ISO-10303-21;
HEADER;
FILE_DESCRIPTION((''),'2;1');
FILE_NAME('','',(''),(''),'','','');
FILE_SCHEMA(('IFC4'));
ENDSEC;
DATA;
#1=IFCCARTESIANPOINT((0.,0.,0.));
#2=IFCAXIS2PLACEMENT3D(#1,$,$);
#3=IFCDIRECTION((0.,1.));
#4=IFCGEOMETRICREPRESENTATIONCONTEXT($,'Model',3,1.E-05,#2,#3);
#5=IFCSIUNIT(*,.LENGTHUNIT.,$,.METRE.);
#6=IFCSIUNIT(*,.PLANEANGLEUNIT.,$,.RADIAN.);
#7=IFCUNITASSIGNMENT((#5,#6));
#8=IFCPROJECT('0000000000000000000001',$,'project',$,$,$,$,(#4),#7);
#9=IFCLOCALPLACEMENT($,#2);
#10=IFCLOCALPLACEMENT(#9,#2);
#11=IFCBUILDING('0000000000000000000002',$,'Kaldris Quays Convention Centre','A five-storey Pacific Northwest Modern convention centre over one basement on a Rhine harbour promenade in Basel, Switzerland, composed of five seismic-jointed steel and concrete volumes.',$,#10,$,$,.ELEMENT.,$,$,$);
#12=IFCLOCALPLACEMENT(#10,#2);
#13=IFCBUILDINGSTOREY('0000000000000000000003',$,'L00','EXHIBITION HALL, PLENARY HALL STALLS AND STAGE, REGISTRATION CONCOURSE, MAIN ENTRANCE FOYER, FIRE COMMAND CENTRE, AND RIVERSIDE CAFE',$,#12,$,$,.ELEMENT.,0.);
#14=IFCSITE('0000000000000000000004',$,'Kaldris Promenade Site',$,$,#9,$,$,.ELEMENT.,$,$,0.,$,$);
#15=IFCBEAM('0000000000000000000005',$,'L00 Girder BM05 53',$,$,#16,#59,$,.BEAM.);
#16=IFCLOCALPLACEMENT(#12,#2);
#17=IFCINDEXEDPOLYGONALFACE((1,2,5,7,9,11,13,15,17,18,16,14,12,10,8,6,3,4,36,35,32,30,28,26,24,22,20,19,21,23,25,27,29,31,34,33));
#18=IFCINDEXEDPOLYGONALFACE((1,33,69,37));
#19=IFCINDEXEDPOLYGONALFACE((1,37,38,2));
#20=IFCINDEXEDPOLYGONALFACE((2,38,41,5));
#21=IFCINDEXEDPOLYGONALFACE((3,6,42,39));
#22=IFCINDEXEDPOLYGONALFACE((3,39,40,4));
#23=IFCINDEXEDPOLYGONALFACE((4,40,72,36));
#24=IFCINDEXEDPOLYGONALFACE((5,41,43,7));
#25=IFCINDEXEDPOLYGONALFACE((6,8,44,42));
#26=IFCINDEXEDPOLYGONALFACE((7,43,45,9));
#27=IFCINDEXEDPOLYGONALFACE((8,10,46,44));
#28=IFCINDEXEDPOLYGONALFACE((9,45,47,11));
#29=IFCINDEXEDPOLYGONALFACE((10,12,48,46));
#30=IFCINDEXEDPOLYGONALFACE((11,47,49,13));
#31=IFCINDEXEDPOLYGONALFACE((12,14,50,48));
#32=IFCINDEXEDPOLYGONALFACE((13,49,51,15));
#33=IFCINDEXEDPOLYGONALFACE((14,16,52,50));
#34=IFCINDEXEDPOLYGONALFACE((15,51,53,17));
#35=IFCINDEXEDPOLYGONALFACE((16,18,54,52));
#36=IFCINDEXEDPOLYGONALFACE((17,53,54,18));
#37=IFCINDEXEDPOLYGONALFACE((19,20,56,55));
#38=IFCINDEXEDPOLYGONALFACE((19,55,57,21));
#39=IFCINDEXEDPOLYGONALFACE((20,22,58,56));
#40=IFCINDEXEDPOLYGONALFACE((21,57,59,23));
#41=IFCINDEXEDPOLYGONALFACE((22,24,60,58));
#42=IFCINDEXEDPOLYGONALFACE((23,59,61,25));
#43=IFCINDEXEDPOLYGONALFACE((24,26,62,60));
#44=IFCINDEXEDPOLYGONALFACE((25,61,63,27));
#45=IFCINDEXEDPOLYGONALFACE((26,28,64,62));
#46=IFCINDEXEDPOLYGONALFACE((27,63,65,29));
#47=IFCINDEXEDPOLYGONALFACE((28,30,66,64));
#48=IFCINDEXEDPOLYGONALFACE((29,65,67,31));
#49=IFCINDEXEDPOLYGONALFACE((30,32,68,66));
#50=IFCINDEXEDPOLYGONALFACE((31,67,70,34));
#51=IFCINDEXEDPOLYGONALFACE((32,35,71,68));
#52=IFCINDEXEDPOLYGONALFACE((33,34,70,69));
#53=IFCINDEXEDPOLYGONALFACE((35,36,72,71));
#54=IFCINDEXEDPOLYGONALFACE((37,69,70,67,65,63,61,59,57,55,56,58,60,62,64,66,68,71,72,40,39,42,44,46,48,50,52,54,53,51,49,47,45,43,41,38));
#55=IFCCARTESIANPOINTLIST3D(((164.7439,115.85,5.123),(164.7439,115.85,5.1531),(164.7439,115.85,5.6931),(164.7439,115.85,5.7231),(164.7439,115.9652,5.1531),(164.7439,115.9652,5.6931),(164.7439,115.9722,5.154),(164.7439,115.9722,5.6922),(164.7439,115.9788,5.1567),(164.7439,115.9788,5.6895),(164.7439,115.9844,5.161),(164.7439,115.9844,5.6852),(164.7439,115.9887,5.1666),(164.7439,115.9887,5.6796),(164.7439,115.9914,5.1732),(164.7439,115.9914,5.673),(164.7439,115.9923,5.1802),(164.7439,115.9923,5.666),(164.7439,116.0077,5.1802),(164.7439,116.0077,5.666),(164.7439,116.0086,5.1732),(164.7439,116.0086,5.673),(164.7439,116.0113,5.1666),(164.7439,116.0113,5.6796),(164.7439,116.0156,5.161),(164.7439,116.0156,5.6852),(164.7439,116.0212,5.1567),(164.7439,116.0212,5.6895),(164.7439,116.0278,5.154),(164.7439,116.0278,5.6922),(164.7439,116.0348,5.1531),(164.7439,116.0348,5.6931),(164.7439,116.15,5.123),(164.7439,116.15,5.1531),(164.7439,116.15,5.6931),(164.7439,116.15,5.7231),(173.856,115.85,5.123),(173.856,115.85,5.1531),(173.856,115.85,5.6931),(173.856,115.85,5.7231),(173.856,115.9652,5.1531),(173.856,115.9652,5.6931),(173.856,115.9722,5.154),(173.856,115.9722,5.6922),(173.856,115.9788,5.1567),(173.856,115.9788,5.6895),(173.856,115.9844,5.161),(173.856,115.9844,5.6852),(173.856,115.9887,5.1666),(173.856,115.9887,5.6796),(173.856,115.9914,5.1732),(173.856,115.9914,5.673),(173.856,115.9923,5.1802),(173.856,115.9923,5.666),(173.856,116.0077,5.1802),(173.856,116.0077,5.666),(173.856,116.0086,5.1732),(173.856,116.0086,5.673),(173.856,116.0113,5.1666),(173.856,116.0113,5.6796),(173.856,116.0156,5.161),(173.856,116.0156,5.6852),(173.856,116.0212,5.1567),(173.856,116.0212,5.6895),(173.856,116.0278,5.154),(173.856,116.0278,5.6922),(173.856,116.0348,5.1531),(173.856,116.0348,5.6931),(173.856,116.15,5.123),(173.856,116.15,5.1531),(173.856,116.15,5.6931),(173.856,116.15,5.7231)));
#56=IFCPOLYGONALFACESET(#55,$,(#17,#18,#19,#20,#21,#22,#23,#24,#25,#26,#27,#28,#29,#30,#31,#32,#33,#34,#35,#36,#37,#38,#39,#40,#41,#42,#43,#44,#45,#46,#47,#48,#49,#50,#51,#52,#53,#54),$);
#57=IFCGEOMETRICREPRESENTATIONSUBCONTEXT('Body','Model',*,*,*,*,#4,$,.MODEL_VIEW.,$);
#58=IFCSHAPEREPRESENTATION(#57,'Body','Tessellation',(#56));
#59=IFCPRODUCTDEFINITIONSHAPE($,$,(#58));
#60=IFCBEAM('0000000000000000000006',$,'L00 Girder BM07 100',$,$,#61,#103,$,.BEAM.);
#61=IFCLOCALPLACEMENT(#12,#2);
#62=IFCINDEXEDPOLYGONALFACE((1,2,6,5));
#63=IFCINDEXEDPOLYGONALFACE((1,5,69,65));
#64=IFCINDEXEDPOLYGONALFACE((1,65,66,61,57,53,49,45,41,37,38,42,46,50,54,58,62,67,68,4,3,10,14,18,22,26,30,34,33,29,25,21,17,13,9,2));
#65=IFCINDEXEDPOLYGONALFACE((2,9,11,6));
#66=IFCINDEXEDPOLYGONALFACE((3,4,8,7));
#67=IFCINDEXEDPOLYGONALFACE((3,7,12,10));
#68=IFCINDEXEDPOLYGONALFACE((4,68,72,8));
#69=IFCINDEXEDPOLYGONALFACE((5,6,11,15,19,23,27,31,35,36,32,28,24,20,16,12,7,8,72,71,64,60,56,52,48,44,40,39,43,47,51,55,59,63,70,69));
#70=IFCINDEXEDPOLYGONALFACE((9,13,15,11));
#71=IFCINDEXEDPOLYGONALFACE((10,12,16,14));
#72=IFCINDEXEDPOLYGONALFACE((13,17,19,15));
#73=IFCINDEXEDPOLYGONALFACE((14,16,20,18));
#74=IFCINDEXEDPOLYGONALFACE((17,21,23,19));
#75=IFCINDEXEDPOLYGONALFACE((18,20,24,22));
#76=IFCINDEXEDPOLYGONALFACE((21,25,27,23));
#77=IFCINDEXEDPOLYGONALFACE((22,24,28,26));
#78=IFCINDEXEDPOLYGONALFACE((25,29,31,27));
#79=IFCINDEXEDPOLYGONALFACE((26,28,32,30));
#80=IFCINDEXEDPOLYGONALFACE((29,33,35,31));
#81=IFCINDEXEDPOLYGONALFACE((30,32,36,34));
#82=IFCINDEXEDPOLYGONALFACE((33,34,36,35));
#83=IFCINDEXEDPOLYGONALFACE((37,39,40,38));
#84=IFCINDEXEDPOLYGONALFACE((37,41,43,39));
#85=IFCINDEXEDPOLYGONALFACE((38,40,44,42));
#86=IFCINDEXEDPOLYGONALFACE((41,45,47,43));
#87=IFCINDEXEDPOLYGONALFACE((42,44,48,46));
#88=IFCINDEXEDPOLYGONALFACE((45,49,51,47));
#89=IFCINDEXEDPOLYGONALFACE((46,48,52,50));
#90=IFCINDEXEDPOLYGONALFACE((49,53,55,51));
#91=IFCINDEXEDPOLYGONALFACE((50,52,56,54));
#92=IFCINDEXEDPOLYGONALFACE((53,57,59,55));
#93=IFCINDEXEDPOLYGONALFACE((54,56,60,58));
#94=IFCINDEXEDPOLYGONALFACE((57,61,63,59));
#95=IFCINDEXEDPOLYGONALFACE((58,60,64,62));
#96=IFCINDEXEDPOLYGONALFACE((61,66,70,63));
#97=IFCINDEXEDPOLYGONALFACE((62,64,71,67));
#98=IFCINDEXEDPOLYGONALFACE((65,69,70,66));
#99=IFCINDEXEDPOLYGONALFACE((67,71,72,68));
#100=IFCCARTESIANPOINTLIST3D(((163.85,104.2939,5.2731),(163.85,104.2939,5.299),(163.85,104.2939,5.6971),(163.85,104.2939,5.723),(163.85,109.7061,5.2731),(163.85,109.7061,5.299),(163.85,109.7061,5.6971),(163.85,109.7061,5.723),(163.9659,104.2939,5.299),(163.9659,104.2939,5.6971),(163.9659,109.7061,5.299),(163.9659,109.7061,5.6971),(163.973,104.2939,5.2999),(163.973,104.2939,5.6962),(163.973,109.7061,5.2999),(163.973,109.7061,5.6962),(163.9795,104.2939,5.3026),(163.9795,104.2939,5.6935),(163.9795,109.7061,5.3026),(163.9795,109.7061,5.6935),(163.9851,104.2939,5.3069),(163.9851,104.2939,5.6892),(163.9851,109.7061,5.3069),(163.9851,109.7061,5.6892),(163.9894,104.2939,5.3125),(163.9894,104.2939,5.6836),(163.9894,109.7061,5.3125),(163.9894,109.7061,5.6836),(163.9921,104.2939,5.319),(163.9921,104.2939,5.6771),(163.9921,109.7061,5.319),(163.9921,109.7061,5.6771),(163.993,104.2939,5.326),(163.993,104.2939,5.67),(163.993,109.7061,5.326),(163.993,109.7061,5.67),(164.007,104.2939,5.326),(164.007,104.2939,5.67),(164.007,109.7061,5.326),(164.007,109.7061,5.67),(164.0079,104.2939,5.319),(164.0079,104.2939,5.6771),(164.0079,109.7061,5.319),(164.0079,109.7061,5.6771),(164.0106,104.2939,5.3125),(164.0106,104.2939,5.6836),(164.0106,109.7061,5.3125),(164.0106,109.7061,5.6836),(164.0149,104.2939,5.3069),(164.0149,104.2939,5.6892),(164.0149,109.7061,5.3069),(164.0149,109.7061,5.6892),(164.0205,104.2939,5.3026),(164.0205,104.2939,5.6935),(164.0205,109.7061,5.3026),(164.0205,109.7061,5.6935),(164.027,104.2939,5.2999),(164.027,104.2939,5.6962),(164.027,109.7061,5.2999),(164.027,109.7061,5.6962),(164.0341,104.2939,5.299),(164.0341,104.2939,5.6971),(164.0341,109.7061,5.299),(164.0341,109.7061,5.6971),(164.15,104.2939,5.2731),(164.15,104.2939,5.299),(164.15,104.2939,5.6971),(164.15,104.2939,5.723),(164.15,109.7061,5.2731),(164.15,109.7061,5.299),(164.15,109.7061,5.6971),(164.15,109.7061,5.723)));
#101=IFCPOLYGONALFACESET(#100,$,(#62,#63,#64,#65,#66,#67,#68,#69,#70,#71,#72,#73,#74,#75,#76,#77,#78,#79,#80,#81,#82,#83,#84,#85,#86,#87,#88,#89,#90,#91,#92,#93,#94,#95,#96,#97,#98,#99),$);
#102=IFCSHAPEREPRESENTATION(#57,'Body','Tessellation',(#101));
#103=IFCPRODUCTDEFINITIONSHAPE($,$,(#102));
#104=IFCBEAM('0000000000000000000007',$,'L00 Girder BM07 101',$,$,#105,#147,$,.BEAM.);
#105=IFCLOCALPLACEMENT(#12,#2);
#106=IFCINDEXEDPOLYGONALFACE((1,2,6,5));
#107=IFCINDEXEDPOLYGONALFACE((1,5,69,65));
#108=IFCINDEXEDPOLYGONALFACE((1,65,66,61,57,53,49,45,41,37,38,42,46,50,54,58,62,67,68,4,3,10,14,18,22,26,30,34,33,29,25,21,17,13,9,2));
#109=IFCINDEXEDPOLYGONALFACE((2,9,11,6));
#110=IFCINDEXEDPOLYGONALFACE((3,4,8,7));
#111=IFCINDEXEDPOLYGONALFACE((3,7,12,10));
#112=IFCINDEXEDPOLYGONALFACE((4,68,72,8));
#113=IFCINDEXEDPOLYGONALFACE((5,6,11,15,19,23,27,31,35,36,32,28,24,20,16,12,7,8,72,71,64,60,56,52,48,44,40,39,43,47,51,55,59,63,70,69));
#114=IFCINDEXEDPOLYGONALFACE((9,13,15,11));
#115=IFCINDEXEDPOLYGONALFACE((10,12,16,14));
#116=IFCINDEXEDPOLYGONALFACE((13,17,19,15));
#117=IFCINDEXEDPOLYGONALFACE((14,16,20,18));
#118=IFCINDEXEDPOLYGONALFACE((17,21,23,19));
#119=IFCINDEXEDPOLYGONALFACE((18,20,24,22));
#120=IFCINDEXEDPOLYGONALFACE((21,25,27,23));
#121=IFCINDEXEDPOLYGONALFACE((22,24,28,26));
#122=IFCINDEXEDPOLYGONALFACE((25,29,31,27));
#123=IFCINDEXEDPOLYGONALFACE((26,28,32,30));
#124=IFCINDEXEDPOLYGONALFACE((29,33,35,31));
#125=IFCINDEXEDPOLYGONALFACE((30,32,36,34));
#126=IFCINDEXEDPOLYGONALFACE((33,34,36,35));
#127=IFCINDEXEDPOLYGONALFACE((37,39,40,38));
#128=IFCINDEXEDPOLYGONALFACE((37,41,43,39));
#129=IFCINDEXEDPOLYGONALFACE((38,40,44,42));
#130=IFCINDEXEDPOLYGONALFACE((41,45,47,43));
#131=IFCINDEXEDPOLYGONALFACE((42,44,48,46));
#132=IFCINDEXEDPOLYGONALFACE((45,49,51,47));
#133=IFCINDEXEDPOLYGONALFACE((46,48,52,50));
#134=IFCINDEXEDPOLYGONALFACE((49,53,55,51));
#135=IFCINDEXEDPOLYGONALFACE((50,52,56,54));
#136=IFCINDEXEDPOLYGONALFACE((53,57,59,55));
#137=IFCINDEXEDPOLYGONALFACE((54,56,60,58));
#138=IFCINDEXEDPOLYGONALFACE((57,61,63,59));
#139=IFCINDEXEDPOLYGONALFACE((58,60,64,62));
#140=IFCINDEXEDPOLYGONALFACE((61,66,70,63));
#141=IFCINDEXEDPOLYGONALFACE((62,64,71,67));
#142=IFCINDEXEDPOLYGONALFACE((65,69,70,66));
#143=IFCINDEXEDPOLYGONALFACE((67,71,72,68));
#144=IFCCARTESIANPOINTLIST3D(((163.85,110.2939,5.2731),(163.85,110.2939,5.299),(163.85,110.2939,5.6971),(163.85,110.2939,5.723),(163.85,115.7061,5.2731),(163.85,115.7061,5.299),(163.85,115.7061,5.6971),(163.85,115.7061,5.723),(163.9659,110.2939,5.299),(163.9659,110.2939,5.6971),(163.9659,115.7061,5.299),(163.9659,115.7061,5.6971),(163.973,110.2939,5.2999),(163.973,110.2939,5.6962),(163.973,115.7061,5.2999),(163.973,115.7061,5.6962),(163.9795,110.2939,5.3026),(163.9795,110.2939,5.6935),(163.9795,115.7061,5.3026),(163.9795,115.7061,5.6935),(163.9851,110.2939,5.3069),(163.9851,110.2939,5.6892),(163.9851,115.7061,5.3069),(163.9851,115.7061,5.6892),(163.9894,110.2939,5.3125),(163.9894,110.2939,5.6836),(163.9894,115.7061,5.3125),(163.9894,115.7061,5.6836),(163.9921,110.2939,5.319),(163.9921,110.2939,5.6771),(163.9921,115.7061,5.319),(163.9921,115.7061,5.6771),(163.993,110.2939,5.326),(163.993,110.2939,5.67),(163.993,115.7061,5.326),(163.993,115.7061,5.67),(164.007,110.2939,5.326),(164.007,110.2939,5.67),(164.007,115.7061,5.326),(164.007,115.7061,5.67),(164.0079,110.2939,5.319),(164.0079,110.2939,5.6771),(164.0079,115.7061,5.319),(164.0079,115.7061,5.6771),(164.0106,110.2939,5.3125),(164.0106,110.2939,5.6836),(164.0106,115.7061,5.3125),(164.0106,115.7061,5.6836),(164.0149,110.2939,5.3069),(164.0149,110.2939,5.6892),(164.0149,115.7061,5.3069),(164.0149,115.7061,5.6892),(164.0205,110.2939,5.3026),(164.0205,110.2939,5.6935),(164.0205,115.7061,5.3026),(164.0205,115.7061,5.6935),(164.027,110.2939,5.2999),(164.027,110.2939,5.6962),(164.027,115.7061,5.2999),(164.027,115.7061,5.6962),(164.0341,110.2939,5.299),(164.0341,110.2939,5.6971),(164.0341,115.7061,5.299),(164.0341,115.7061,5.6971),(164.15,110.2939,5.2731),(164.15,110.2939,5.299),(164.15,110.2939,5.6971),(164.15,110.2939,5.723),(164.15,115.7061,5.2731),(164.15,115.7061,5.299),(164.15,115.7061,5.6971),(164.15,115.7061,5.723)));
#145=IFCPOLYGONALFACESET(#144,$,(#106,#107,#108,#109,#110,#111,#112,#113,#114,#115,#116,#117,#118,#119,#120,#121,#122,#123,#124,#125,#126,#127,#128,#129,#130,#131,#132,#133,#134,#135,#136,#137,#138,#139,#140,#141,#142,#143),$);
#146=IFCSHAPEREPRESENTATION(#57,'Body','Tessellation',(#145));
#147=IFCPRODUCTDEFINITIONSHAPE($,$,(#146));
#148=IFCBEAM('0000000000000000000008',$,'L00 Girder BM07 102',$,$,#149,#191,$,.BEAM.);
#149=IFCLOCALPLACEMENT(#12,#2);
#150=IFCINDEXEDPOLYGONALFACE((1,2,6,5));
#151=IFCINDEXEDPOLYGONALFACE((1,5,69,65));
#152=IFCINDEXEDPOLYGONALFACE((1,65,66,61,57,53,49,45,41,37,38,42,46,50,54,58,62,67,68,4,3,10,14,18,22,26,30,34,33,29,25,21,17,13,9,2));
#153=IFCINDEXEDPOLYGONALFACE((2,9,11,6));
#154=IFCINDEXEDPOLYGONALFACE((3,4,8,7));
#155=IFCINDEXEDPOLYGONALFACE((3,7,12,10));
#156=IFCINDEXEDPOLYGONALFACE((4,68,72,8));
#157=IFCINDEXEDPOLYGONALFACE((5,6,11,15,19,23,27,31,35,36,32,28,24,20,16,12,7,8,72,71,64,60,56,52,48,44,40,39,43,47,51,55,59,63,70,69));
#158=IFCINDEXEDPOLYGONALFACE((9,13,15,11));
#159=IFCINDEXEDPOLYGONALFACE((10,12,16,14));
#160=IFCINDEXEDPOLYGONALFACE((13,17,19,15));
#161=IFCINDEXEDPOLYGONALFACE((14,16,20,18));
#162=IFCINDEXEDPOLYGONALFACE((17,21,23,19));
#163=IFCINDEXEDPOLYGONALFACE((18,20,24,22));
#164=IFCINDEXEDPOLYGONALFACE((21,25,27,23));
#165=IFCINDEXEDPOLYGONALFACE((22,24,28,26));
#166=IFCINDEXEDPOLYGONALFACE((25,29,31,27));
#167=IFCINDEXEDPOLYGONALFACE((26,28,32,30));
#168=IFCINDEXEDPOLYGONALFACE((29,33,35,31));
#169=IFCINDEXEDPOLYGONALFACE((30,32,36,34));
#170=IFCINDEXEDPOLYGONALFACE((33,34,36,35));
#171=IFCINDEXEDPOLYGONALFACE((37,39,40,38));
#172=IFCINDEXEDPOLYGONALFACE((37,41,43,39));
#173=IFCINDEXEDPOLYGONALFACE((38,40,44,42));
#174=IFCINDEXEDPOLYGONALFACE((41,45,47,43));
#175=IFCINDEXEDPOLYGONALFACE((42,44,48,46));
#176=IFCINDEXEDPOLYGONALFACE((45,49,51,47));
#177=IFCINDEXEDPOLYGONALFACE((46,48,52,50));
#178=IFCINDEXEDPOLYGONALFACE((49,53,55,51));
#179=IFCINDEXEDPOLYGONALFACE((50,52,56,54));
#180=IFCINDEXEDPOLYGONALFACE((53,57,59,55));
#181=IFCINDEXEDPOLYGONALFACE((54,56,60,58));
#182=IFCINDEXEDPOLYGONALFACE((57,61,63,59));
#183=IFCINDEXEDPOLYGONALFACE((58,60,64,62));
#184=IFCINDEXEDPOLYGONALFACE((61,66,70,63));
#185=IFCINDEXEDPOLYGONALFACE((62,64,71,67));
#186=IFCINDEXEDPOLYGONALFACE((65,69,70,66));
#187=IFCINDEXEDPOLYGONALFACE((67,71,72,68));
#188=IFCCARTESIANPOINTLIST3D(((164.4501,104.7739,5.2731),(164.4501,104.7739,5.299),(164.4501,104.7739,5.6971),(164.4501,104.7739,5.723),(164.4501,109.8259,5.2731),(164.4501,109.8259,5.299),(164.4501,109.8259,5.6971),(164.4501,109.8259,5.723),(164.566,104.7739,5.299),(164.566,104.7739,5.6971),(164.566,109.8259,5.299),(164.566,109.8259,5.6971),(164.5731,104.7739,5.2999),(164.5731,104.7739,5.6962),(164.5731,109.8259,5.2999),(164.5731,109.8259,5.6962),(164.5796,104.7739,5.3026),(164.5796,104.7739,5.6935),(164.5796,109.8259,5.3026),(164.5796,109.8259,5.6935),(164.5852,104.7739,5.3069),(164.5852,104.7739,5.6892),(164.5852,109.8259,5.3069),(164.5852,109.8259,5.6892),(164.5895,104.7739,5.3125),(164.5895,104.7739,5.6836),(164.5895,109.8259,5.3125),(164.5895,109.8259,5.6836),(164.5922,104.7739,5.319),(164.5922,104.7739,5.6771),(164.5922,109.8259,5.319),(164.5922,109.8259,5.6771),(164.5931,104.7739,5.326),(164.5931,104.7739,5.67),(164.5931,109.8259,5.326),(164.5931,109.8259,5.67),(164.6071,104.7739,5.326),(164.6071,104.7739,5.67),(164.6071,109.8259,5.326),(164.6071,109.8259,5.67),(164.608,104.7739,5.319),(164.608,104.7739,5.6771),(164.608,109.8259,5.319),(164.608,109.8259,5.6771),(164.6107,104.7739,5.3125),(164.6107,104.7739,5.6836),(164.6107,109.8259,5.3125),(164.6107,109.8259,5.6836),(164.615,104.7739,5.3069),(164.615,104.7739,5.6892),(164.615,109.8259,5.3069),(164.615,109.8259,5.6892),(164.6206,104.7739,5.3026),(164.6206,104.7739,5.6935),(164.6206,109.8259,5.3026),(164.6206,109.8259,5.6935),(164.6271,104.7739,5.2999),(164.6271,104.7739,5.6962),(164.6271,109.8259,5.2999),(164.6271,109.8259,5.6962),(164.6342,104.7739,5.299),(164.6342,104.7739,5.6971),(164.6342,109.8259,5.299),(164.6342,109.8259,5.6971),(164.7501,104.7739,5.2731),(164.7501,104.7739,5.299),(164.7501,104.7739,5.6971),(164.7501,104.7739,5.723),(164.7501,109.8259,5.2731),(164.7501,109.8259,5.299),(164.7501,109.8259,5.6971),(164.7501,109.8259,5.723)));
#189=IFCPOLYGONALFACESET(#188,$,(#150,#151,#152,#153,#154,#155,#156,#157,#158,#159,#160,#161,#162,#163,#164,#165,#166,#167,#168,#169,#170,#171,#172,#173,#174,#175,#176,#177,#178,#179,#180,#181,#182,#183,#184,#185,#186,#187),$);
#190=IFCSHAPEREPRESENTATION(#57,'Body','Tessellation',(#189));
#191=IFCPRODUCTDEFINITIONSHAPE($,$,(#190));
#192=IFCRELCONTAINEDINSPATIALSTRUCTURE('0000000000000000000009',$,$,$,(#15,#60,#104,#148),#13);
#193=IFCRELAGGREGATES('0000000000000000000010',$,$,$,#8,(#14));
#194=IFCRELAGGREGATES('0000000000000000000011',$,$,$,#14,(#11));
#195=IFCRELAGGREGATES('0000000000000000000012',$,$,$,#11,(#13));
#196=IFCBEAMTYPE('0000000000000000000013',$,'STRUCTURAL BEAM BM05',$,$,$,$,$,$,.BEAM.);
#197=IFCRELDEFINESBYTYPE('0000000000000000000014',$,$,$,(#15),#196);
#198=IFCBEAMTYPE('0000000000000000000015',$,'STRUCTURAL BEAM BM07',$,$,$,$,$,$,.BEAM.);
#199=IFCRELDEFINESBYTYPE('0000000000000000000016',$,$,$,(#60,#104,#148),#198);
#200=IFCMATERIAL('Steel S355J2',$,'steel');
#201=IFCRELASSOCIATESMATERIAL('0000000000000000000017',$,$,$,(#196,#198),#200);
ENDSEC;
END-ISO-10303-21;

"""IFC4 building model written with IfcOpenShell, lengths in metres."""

from ifc_helpers import new_model, si_unit, direction, frame, origin, origin_2d, place, context, subcontext, project, spatial, i_section, extrude, material, material_profile, profile_set, type_object, element, save


model = new_model("IFC4")

# Units and contexts
model_context = context("Model", 3, precision=1e-05, world=origin(), true_north=direction((0.0, 1.0)))
body_context = subcontext(model_context, "Body", "Model", "MODEL_VIEW")
ifc_project = project(units=[si_unit("LENGTHUNIT", "METRE"), si_unit("PLANEANGLEUNIT", "RADIAN")], contexts=[model_context])

# Site, building, storey
site_placement = place(None, origin())
site = spatial("IfcSite", under=ifc_project, at=site_placement, Name="Kaldris Promenade Site", CompositionType="ELEMENT", RefElevation=0.0)
building_placement = place(site_placement, origin())
building = spatial("IfcBuilding", under=site, at=building_placement, Name="Kaldris Quays Convention Centre", Description="A five-storey Pacific Northwest Modern convention centre over one basement on a Rhine harbour promenade in Basel, Switzerland, composed of five seismic-jointed steel and concrete volumes.", CompositionType="ELEMENT")
storey_placement = place(building_placement, origin())
storey = spatial("IfcBuildingStorey", under=building, at=storey_placement, Name="L00", Description="EXHIBITION HALL, PLENARY HALL STALLS AND STAGE, REGISTRATION CONCOURSE, MAIN ENTRANCE FOYER, FIRE COMMAND CENTRE, AND RIVERSIDE CAFE", CompositionType="ELEMENT", Elevation=0.0)

# Shared definitions
ifc_material_1 = material(Name="Steel S355J2", Category="steel")

# Beams
ifc_material_profile_1 = material_profile(ifc_material_1, i_section(OverallWidth=0.3, OverallDepth=0.6001, WebThickness=0.0154, FlangeThickness=0.03, FilletRadius=0.0271, at=origin_2d()), Name="HEB 600")
ifc_profile_set_1 = profile_set([ifc_material_profile_1], Name="Steel S355J2")
beam_type_1 = type_object("IfcBeamType", Name="STRUCTURAL BEAM BM05", PredefinedType="BEAM", material=ifc_profile_set_1)
for number, where, z_axis, x_axis, name in (
    (1, (164.7439, 116.0, 5.4231), (1.0, 0.0, 0.0), (0.0, 1.0, 0.0), "L00 Girder BM05 53"),
):
    element("IfcBeam", number, at=place(storey_placement, frame(where, z_axis=z_axis, x_axis=x_axis)), inside=storey, type_object=beam_type_1, Name=name, PredefinedType="BEAM", context=body_context, shape_type="SweptSolid", body=[
        extrude(i_section(OverallWidth=0.3, OverallDepth=0.6001, WebThickness=0.0154, FlangeThickness=0.03, FilletRadius=0.0271, at=origin_2d()), origin(), (0.0, 0.0, 1.0), 9.1121),
    ])
ifc_material_profile_2 = material_profile(ifc_material_1, i_section(OverallWidth=0.3, OverallDepth=0.45, WebThickness=0.0139, FlangeThickness=0.0259, FilletRadius=0.0271, at=origin_2d()), Name="HEB 450")
ifc_profile_set_2 = profile_set([ifc_material_profile_2], Name="Steel S355J2")
beam_type_2 = type_object("IfcBeamType", Name="STRUCTURAL BEAM BM07", PredefinedType="BEAM", material=ifc_profile_set_2)
for number, where, z_axis, x_axis, name in (
    (2, (164.0, 104.2939, 5.498), (0.0, 1.0, 0.0), (-1.0, 0.0, 0.0), "L00 Girder BM07 100"),
    (3, (164.0, 110.2939, 5.498), (0.0, 1.0, 0.0), (-1.0, 0.0, 0.0), "L00 Girder BM07 101"),
):
    element("IfcBeam", number, at=place(storey_placement, frame(where, z_axis=z_axis, x_axis=x_axis)), inside=storey, type_object=beam_type_2, Name=name, PredefinedType="BEAM", context=body_context, shape_type="SweptSolid", body=[
        extrude(i_section(OverallWidth=0.3, OverallDepth=0.45, WebThickness=0.0139, FlangeThickness=0.0259, FilletRadius=0.0271, at=origin_2d()), origin(), (0.0, 0.0, 1.0), 5.4121),
    ])
beam_1_placement = place(storey_placement, frame((164.6001, 104.7739, 5.498), z_axis=(0.0, 1.0, 0.0), x_axis=(-1.0, 0.0, 0.0)))
element("IfcBeam", 4, at=beam_1_placement, inside=storey, type_object=beam_type_2, Name="L00 Girder BM07 102", PredefinedType="BEAM", context=body_context, shape_type="SweptSolid", body=[
    extrude(i_section(OverallWidth=0.3, OverallDepth=0.45, WebThickness=0.0139, FlangeThickness=0.0259, FilletRadius=0.0271, at=origin_2d()), origin(), (0.0, 0.0, 1.0), 5.052),
])

save(model, "model.ifc")
